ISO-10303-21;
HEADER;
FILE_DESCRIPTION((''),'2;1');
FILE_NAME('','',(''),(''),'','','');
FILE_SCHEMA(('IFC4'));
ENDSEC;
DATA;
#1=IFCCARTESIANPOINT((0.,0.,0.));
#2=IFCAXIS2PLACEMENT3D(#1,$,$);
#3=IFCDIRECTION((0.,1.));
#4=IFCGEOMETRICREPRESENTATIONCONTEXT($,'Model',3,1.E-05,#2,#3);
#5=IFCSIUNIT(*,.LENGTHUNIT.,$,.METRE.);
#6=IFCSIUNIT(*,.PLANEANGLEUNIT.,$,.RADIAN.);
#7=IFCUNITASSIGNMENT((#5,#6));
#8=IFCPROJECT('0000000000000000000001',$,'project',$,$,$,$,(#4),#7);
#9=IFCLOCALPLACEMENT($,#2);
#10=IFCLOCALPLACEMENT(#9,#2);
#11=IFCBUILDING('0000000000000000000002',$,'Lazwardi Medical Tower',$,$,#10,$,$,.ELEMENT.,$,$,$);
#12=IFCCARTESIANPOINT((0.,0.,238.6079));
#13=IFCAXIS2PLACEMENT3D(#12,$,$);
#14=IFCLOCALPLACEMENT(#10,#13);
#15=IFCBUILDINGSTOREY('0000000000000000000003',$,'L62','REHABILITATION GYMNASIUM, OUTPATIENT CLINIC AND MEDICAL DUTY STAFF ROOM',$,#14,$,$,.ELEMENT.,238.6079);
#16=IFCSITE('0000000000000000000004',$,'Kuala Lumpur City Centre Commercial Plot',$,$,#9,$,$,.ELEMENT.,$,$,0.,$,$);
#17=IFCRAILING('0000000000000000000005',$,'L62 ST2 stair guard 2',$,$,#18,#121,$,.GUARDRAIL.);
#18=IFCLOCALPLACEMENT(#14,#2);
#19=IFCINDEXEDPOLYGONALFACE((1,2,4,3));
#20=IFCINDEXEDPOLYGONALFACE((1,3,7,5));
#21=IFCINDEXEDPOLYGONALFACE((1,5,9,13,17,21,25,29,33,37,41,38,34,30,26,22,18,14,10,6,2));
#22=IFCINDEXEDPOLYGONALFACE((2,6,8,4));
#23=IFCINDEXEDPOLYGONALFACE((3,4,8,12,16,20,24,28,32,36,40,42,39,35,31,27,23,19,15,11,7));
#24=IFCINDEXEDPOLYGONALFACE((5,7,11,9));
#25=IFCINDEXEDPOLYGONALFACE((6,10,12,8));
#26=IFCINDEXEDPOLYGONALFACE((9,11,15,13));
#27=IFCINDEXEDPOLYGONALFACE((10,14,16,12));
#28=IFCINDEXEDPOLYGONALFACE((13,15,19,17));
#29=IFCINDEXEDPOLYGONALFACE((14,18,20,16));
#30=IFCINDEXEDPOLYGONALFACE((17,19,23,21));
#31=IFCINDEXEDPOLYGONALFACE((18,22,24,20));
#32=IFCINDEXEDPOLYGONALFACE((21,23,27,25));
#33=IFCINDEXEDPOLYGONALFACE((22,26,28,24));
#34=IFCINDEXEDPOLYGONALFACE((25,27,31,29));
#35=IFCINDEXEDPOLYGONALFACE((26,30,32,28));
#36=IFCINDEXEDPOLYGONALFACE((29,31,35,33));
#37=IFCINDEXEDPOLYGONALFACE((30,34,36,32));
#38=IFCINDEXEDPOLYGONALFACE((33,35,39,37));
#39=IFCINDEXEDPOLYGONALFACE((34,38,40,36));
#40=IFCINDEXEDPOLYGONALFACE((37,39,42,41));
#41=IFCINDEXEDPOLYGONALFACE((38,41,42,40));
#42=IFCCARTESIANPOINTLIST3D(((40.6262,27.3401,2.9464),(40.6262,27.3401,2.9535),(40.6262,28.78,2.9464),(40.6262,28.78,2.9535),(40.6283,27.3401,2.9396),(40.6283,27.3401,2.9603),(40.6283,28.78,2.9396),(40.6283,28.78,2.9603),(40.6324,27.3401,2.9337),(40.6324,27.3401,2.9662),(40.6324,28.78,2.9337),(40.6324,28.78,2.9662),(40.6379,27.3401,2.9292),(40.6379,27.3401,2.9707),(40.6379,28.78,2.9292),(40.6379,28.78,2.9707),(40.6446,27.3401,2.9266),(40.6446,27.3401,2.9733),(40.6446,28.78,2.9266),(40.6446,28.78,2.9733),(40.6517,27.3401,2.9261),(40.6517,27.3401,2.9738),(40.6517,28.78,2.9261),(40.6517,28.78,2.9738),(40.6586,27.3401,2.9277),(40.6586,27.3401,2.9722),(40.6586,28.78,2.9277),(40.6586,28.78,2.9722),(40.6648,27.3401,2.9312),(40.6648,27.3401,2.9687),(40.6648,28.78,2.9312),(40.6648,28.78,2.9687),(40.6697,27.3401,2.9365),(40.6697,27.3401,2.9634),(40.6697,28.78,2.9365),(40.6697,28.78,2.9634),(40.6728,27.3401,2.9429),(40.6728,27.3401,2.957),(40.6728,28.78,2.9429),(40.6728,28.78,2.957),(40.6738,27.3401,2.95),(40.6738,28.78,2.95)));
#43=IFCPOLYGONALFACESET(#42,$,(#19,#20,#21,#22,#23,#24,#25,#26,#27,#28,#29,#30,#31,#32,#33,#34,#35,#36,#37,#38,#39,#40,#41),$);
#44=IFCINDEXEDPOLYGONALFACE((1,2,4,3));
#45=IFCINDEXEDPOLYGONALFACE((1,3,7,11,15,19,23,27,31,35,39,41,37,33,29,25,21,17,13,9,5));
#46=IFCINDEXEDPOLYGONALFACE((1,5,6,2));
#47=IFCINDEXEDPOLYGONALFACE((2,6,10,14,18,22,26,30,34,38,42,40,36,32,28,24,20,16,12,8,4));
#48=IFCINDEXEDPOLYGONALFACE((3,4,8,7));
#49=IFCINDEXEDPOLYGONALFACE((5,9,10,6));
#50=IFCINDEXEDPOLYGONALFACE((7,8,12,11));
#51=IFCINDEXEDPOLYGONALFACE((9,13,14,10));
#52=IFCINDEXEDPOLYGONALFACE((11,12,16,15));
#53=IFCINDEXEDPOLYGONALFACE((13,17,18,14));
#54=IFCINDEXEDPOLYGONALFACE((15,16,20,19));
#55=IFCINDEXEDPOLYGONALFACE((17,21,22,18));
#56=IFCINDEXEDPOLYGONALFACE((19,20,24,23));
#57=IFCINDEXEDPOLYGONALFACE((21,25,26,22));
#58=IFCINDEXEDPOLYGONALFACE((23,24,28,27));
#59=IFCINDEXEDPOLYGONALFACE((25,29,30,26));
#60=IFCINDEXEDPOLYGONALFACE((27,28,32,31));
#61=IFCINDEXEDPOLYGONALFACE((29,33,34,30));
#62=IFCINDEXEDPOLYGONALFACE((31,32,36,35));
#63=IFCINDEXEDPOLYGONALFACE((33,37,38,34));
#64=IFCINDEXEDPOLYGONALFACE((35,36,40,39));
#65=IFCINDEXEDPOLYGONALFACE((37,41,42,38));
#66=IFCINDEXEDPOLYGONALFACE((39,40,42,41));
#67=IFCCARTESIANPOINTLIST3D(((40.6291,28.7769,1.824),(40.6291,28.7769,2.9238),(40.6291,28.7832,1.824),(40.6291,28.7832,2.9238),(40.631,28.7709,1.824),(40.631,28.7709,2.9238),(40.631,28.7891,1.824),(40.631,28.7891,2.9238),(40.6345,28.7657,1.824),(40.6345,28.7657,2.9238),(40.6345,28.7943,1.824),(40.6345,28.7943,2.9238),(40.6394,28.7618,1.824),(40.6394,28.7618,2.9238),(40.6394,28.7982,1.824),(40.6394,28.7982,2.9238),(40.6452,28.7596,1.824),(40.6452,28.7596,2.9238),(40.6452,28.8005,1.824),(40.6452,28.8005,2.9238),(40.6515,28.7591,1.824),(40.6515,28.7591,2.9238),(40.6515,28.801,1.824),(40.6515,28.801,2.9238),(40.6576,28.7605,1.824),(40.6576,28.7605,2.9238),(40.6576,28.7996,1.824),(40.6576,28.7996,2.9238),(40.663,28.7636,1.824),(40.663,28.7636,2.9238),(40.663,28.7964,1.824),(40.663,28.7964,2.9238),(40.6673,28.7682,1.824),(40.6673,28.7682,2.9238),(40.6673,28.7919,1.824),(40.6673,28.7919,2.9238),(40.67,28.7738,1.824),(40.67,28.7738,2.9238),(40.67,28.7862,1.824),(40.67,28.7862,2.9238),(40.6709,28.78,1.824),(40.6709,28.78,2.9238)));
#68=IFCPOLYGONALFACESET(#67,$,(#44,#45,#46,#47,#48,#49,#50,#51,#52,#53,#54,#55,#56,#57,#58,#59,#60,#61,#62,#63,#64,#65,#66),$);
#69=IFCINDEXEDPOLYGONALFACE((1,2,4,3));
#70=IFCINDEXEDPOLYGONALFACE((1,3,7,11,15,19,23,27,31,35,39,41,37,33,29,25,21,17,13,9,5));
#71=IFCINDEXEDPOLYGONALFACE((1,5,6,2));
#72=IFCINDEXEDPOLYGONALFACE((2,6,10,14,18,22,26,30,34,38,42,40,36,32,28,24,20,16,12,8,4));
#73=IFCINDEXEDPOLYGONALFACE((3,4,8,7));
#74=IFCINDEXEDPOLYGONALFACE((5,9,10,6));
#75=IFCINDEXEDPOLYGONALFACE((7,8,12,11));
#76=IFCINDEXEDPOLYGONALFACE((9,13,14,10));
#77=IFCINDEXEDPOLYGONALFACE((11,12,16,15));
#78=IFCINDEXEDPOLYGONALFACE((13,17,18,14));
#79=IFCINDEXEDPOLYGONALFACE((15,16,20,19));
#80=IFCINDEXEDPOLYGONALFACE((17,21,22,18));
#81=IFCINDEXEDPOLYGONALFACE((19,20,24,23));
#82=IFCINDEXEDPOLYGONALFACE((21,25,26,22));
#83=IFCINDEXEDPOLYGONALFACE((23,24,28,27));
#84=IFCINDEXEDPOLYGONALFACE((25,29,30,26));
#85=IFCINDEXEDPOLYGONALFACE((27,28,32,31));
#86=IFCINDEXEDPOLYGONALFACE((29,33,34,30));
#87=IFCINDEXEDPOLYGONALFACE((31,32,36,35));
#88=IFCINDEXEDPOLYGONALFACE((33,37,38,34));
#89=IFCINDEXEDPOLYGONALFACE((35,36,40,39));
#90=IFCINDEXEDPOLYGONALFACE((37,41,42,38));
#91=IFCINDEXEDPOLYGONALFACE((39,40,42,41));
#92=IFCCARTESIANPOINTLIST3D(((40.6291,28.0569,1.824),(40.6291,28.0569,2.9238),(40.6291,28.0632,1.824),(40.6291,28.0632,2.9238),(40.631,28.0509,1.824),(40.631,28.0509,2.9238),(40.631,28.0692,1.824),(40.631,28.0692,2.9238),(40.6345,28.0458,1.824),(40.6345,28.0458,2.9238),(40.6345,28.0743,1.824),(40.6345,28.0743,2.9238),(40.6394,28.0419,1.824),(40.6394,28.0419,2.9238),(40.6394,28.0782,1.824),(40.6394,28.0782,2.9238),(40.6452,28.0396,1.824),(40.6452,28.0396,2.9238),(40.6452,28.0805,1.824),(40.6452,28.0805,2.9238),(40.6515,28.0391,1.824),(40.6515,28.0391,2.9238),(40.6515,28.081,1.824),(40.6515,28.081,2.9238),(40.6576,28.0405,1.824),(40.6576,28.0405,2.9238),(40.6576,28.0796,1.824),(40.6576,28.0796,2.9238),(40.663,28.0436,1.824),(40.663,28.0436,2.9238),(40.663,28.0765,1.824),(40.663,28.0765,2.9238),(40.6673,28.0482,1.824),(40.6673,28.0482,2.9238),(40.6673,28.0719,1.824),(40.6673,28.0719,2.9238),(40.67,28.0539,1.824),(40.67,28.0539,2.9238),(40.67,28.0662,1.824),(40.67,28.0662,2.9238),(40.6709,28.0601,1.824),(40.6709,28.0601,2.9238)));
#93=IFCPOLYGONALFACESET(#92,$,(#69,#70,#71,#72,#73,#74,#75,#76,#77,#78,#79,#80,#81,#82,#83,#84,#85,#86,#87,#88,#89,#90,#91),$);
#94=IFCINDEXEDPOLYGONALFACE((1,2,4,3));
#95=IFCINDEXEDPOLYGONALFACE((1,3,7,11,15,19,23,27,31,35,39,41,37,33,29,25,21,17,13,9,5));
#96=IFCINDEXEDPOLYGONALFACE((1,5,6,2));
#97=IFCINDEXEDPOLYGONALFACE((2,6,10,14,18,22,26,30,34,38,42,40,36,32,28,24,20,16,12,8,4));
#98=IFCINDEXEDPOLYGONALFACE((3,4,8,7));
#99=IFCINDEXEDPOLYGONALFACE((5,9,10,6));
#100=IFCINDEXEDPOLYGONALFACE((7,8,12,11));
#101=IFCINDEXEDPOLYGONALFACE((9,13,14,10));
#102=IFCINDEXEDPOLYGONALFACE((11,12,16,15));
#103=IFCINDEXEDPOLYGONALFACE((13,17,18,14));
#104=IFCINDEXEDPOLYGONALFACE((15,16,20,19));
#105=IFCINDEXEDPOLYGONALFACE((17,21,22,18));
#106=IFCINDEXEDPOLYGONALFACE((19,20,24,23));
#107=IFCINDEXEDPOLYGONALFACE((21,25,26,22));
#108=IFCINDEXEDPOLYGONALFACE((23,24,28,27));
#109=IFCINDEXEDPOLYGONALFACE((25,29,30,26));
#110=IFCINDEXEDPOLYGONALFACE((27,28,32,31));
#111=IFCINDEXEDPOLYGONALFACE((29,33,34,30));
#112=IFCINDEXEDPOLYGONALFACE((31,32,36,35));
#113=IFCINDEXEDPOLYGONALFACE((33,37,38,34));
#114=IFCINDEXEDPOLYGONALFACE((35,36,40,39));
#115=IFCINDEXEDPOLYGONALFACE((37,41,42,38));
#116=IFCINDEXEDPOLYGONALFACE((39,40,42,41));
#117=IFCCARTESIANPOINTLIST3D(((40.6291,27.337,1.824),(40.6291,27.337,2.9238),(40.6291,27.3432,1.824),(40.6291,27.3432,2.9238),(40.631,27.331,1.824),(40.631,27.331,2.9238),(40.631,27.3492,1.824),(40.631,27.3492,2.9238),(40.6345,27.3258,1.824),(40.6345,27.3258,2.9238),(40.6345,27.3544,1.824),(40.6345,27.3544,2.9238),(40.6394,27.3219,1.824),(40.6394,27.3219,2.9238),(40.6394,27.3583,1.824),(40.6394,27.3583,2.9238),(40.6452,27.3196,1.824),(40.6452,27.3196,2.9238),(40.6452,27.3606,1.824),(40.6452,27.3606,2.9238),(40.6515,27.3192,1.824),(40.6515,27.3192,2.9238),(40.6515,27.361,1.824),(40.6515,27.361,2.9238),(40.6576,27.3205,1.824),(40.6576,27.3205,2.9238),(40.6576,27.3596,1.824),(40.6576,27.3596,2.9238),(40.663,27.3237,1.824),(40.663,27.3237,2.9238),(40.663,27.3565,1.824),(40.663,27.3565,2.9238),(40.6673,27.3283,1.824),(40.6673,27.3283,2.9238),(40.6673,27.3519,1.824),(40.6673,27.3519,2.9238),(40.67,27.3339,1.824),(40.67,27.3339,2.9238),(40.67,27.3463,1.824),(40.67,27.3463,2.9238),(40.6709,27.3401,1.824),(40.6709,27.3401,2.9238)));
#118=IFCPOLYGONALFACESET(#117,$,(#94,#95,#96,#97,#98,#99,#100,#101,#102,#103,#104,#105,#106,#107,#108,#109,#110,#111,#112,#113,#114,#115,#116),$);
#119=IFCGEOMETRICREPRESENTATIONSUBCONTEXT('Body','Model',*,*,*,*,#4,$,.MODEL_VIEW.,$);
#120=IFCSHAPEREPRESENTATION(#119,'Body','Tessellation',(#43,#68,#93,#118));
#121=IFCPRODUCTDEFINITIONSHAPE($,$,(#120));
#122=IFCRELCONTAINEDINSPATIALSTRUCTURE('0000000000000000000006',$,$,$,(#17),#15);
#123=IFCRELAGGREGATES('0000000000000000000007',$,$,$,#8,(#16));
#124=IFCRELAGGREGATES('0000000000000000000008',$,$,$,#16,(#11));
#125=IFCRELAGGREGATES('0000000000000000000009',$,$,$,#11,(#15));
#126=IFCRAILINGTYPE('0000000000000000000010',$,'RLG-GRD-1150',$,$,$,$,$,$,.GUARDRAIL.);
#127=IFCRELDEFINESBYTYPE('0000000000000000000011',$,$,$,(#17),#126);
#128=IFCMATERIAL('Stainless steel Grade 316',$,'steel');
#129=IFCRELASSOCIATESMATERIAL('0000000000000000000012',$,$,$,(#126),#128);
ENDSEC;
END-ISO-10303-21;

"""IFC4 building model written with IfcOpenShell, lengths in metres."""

from ifc_helpers import new_model, si_unit, direction, frame, origin, origin_2d, place, context, subcontext, project, spatial, circle, extrude, material, type_object, element, save


model = new_model("IFC4")

# Units and contexts
model_context = context("Model", 3, precision=1e-05, world=origin(), true_north=direction((0.0, 1.0)))
body_context = subcontext(model_context, "Body", "Model", "MODEL_VIEW")
ifc_project = project(units=[si_unit("LENGTHUNIT", "METRE"), si_unit("PLANEANGLEUNIT", "RADIAN")], contexts=[model_context])

# Site, building, storey
site_placement = place(None, origin())
site = spatial("IfcSite", under=ifc_project, at=site_placement, Name="Kuala Lumpur City Centre Commercial Plot", CompositionType="ELEMENT", RefElevation=0.0)
building_placement = place(site_placement, origin())
building = spatial("IfcBuilding", under=site, at=building_placement, Name="Lazwardi Medical Tower", CompositionType="ELEMENT")
storey_placement = place(building_placement, frame((0.0, 0.0, 238.6079)))
storey = spatial("IfcBuildingStorey", under=building, at=storey_placement, Name="L62", Description="REHABILITATION GYMNASIUM, OUTPATIENT CLINIC AND MEDICAL DUTY STAFF ROOM", CompositionType="ELEMENT", Elevation=238.6079)

# Railing
ifc_material_1 = material(Name="Stainless steel Grade 316", Category="steel")
railing_type_1 = type_object("IfcRailingType", Name="RLG-GRD-1150", PredefinedType="GUARDRAIL", material=ifc_material_1)
railing_1_placement = place(storey_placement, frame((40.6499, 28.78, 1.824)))
element("IfcRailing", 1, at=railing_1_placement, inside=storey, type_object=railing_type_1, Name="L62 ST2 stair guard 2", PredefinedType="GUARDRAIL", context=body_context, shape_type="SweptSolid", body=[
    extrude(circle(Radius=0.0239, at=origin_2d()), frame((0.0, 0.0, 1.126), z_axis=(0.0, -1.0, 0.0), x_axis=(1.0, 0.0, 0.0)), (0.0, 0.0, 1.0), 1.4399),
    extrude(circle(Radius=0.021, at=origin_2d()), origin(), (0.0, 0.0, 1.0), 1.0999),
    extrude(circle(Radius=0.021, at=origin_2d()), frame((0.0, -0.72, 0.0)), (0.0, 0.0, 1.0), 1.0999),
    extrude(circle(Radius=0.021, at=origin_2d()), frame((0.0, -1.4399, 0.0)), (0.0, 0.0, 1.0), 1.0999),
])

save(model, "model.ifc")
